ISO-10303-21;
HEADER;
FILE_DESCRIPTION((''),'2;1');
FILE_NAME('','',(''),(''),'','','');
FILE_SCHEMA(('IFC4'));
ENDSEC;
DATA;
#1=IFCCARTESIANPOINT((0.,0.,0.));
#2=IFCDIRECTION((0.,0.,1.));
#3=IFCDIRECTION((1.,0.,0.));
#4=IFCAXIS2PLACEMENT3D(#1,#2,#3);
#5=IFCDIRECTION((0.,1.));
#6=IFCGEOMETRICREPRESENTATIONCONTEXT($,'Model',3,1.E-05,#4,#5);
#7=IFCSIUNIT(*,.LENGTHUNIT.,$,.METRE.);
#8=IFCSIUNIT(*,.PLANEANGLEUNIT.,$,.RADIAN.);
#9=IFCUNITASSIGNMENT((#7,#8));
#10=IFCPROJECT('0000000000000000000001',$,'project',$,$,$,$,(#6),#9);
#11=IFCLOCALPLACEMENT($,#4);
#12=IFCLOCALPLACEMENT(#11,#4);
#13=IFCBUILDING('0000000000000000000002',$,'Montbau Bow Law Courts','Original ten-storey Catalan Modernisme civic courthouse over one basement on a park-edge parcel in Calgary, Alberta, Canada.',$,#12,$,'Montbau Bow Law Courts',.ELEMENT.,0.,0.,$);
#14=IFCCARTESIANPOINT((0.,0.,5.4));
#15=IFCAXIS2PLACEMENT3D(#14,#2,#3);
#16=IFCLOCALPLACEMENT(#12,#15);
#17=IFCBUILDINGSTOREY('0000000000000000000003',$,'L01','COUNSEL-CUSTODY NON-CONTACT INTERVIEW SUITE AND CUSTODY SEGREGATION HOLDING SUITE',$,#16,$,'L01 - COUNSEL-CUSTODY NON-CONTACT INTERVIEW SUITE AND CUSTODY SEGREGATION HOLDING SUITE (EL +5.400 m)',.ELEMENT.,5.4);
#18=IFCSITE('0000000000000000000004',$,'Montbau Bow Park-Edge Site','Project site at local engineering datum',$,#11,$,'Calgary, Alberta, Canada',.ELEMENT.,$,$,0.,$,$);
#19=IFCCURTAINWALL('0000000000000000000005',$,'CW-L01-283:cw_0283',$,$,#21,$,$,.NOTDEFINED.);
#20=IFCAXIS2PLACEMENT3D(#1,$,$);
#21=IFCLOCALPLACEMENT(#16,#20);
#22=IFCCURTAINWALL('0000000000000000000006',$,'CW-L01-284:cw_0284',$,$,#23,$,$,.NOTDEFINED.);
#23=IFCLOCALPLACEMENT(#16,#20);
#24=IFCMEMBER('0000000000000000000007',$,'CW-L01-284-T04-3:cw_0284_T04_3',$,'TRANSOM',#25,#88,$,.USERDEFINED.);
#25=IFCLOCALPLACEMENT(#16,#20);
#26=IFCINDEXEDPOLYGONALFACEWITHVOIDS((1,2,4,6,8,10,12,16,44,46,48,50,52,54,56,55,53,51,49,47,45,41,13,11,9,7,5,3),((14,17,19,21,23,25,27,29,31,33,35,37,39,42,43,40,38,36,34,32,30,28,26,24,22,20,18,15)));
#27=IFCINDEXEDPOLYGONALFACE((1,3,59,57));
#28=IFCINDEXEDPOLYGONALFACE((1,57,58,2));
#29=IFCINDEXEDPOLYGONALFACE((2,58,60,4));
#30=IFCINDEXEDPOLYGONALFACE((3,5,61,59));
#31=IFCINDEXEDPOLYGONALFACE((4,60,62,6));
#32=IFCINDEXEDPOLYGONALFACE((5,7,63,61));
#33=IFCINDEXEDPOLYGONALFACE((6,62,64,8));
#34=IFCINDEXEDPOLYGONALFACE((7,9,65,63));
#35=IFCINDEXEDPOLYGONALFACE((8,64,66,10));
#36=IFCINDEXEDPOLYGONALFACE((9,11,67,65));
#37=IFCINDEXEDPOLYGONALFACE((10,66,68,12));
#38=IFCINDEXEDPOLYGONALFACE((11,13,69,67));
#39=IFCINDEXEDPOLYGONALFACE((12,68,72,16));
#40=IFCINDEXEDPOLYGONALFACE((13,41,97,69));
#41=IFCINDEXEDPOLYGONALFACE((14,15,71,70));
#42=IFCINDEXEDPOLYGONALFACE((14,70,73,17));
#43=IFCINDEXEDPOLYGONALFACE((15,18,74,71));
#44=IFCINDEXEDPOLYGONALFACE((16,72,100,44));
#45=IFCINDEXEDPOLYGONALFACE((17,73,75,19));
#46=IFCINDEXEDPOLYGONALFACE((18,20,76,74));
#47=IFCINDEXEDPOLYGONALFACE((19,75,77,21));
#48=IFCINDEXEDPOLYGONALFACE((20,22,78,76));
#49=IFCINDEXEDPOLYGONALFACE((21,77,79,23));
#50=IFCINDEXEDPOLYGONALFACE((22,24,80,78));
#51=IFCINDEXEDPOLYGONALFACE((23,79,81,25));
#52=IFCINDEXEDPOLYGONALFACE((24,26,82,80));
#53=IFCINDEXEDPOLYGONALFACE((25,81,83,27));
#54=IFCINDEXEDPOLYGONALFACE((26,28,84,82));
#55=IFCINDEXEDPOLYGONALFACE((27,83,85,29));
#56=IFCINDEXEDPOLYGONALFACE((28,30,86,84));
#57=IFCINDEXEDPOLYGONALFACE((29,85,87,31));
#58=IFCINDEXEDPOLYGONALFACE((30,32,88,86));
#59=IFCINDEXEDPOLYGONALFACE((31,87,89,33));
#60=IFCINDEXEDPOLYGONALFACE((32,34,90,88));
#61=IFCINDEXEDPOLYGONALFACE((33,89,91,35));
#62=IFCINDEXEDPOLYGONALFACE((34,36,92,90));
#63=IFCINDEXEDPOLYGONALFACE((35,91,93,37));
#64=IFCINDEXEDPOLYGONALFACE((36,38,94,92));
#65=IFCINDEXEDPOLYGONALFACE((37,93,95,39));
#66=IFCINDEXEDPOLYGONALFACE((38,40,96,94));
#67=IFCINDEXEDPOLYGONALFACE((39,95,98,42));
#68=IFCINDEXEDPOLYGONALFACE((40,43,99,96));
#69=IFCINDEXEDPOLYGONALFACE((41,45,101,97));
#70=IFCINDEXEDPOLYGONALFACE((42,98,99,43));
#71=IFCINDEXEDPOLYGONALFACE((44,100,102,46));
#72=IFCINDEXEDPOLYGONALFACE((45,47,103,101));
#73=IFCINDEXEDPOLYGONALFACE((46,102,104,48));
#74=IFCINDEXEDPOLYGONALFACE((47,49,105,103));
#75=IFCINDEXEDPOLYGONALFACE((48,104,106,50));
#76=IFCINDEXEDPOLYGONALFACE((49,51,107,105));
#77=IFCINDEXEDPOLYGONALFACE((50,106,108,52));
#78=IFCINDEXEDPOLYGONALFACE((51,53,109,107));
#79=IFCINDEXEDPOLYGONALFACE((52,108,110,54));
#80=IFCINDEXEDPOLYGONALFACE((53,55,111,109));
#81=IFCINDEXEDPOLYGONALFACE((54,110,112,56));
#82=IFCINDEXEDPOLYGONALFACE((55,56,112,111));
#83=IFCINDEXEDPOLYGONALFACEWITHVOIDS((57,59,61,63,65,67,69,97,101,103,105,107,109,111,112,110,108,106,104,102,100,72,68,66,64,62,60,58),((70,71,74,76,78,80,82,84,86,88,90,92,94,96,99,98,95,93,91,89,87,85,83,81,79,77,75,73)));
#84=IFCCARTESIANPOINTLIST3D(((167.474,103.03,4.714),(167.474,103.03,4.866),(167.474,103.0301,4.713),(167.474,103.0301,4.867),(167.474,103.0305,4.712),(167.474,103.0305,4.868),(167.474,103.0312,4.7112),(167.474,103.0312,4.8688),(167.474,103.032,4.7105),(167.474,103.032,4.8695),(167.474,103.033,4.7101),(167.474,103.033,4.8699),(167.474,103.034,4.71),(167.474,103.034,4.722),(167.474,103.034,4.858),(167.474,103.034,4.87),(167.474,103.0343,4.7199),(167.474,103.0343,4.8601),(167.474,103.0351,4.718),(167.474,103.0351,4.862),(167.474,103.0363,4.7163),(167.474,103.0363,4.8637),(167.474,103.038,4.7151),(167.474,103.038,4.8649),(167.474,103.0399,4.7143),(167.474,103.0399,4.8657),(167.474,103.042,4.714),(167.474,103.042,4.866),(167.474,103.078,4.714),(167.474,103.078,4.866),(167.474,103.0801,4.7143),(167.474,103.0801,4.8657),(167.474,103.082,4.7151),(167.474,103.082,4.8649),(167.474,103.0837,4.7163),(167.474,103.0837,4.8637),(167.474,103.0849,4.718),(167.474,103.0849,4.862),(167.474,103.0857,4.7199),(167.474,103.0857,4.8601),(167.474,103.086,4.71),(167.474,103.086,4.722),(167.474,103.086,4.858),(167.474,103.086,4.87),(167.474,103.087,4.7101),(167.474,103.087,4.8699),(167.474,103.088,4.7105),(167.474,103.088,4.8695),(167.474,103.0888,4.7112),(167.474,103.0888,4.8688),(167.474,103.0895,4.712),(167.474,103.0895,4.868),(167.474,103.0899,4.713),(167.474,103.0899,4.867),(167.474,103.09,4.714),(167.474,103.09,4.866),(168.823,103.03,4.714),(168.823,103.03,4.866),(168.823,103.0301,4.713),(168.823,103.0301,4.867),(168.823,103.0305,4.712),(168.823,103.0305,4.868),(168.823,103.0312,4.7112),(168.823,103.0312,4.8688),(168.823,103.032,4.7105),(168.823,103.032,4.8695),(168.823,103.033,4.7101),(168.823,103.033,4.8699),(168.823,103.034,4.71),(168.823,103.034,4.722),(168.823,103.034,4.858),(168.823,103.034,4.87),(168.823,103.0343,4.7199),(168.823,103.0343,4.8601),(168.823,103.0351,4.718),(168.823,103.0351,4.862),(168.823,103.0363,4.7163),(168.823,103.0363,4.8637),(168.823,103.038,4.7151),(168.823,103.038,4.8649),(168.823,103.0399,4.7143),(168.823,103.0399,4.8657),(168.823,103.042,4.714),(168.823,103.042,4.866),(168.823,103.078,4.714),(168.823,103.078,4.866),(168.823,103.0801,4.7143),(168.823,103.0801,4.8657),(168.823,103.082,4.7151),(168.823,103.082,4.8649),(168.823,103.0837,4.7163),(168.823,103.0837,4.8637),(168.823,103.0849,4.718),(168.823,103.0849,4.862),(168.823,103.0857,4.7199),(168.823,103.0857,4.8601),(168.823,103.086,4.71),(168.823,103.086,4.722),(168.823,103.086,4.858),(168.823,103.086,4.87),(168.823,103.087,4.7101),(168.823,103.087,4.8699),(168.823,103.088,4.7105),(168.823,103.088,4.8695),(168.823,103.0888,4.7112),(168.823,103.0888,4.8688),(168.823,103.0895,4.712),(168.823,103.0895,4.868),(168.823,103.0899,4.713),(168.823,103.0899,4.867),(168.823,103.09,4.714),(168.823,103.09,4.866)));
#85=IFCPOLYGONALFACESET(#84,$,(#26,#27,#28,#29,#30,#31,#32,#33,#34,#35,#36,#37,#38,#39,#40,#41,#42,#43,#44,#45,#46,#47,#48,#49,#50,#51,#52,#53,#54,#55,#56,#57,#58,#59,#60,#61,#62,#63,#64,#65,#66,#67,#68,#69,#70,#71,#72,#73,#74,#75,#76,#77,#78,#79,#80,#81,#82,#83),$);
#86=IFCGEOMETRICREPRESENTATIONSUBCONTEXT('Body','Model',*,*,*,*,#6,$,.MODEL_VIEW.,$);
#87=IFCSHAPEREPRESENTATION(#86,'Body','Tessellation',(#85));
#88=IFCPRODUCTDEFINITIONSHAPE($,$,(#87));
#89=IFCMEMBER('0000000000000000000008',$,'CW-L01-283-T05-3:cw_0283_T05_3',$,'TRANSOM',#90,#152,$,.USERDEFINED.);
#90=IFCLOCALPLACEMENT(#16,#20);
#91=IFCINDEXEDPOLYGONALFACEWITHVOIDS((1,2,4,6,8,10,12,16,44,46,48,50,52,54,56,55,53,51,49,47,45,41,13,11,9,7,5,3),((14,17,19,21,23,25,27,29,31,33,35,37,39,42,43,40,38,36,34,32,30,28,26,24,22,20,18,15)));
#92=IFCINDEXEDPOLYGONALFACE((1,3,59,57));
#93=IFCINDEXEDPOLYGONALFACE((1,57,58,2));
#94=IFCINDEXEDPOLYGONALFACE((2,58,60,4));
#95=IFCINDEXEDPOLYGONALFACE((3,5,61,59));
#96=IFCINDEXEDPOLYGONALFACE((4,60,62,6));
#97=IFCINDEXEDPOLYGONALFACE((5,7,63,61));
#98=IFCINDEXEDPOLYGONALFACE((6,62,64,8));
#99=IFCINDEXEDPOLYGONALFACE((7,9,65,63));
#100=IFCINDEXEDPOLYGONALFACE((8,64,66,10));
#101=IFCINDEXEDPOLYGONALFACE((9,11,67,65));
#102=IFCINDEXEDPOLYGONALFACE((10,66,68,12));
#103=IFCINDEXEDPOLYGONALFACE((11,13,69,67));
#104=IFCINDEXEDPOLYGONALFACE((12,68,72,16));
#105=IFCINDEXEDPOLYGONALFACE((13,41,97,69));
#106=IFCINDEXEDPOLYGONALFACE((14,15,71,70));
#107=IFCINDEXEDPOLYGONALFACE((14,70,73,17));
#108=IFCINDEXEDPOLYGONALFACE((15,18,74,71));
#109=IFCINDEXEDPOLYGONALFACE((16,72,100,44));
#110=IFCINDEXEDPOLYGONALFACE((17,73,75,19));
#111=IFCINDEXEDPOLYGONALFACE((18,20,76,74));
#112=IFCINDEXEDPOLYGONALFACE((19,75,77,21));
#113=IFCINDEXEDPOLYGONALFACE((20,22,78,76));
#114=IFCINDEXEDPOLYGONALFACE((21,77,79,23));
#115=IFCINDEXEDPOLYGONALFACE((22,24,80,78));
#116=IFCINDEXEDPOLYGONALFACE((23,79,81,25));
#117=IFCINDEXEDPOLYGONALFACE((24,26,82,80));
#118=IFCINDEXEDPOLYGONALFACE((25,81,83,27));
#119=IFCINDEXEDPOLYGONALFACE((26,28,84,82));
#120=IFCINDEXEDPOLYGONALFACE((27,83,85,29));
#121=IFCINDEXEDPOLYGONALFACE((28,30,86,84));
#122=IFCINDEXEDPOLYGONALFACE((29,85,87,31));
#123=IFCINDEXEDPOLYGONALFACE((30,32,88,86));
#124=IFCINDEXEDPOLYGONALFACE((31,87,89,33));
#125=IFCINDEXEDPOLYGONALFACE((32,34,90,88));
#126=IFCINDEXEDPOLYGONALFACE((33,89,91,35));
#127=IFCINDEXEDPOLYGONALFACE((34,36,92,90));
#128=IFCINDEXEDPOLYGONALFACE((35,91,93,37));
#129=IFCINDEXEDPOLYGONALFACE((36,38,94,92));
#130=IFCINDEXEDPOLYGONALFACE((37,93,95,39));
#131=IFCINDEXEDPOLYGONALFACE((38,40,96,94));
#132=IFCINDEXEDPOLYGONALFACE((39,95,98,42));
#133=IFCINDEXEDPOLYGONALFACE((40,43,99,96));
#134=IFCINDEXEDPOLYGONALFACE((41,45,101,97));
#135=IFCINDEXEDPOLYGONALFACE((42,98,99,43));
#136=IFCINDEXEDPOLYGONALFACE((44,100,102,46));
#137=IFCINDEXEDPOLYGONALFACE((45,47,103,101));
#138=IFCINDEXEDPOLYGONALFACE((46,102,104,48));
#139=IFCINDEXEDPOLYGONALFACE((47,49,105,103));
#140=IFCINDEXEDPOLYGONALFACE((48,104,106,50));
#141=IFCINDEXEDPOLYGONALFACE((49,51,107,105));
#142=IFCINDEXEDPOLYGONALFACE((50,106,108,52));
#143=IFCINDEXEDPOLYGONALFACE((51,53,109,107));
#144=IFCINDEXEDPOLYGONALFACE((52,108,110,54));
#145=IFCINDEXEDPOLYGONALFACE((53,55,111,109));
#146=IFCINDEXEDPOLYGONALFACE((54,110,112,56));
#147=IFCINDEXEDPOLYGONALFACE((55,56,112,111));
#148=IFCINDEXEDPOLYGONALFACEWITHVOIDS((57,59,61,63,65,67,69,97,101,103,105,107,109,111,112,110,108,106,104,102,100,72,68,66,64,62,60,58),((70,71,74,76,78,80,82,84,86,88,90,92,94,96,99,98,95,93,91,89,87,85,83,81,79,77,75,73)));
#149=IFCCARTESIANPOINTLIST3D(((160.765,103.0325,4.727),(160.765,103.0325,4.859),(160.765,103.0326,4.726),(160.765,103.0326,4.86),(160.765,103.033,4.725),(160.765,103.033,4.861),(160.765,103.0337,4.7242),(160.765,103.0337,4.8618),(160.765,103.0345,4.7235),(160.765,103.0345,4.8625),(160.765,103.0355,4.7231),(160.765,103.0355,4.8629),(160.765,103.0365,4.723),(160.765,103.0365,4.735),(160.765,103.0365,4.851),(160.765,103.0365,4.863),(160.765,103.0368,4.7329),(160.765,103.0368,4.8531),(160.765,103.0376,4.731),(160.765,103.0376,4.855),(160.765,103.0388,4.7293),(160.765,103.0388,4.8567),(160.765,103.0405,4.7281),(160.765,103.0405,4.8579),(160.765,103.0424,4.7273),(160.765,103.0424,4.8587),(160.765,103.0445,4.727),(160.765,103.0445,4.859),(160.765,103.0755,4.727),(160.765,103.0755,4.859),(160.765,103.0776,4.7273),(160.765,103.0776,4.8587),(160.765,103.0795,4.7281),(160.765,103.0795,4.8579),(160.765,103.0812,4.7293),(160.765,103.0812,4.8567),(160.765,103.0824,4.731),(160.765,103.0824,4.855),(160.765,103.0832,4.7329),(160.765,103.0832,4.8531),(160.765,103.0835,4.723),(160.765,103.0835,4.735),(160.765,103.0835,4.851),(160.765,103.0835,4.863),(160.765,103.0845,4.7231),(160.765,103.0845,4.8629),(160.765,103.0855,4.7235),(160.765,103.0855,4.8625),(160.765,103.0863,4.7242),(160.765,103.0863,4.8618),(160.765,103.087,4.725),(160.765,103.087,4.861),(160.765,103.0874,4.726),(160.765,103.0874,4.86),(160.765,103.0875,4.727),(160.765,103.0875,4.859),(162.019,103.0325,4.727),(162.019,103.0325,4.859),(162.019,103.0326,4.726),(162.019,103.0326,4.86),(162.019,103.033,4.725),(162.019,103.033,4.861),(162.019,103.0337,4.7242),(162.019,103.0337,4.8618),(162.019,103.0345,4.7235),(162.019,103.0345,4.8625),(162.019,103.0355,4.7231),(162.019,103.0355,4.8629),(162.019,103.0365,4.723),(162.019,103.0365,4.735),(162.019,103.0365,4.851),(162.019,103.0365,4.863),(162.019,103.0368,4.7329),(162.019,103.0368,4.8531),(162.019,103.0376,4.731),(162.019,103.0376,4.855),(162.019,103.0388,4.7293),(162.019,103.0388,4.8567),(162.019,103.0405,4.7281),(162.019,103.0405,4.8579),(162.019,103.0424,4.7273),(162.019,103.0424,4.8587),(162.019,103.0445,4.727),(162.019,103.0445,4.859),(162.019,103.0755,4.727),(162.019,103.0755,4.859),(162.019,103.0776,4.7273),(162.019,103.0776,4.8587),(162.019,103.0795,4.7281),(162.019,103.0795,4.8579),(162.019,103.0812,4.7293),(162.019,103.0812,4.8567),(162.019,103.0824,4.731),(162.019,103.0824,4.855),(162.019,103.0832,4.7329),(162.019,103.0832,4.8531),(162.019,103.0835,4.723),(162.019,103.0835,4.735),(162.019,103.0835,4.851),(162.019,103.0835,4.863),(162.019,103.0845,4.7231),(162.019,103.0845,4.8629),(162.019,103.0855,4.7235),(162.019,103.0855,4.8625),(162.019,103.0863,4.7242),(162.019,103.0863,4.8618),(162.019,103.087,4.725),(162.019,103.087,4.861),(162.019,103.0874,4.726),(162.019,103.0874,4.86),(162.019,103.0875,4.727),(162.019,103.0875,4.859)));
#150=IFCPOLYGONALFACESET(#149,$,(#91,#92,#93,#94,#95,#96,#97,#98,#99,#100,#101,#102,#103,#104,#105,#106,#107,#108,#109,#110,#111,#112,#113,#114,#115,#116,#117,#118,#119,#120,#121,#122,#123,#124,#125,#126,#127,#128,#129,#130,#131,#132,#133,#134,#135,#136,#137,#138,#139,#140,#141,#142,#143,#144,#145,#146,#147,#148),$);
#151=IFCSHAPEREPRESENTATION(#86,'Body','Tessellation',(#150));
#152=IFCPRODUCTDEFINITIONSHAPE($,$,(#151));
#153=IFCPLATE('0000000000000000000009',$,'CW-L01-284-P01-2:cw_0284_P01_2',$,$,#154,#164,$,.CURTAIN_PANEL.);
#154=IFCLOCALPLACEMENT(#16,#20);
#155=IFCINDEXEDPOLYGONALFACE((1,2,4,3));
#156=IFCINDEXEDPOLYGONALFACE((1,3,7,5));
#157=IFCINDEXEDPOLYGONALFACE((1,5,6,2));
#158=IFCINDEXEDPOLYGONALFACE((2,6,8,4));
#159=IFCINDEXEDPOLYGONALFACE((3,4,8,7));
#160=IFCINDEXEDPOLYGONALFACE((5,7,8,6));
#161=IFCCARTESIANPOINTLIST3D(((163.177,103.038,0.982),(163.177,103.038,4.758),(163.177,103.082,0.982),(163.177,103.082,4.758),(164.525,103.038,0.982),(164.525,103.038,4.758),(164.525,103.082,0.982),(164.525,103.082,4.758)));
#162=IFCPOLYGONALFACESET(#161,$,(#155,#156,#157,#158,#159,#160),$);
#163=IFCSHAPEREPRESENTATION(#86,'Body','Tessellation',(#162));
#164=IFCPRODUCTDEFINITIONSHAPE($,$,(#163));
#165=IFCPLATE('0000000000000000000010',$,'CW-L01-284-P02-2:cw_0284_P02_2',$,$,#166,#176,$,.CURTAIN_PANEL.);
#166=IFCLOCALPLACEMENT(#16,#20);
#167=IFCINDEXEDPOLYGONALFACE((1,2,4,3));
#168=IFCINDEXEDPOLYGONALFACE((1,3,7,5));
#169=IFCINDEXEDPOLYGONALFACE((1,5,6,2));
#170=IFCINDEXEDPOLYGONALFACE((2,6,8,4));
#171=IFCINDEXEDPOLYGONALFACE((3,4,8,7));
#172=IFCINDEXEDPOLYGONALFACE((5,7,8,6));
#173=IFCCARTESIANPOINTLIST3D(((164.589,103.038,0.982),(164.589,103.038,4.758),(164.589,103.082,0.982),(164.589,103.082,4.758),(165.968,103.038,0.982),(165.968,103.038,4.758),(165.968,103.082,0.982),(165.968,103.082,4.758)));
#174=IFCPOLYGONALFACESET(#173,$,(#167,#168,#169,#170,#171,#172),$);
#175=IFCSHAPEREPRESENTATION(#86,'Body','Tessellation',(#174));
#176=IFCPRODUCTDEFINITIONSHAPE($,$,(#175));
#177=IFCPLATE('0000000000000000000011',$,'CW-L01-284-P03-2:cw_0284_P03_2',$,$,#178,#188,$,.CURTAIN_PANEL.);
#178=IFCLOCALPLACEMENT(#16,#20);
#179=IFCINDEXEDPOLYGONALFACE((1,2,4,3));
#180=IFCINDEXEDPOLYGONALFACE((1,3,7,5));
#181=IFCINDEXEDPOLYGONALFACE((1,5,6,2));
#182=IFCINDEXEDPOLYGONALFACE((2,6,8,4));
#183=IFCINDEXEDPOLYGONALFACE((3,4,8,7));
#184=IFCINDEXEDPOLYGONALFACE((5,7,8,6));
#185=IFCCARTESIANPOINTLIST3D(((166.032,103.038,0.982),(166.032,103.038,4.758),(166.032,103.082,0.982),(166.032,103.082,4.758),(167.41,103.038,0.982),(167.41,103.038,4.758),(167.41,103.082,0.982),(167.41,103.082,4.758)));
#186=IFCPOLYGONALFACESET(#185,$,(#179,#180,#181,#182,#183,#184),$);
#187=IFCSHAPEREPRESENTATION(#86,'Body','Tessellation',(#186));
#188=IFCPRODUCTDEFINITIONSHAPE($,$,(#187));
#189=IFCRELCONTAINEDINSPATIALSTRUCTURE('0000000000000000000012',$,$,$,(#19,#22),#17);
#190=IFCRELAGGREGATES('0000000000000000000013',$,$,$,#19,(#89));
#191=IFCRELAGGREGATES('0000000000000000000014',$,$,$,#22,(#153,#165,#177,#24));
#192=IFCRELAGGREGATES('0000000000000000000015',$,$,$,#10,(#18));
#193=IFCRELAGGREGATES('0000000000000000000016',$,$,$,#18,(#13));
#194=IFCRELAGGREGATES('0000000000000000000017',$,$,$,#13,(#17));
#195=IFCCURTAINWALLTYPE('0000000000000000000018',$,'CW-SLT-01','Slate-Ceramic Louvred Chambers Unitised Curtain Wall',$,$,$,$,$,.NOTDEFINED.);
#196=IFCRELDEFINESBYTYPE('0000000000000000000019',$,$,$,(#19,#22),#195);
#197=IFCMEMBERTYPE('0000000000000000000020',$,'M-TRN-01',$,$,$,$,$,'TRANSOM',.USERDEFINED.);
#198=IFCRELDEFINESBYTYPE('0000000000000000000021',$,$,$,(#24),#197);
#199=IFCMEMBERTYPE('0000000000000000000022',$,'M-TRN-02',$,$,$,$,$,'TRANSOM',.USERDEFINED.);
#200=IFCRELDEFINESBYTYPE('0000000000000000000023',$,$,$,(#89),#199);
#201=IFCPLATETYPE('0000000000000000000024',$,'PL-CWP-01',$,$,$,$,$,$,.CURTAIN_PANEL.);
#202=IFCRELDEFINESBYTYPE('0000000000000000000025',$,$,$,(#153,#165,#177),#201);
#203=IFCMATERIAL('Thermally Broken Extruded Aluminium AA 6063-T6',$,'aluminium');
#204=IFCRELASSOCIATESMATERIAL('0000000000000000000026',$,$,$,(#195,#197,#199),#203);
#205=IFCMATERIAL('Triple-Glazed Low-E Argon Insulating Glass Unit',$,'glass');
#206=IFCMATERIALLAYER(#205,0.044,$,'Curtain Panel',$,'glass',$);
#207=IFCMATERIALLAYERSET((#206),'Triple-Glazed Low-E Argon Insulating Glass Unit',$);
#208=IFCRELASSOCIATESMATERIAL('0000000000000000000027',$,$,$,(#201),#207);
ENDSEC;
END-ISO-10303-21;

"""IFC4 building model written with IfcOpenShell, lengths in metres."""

from ifc_helpers import new_model, si_unit, direction, frame, frame_2d, origin_with_axes, origin_2d_with_axis, place, context, subcontext, project, spatial, rectangle, hollow_rectangle, extrude, material, layer, layer_set, material_profile, profile_set, type_object, element, aggregate, save


model = new_model("IFC4")

# Units and contexts
model_context = context("Model", 3, precision=1e-05, world=origin_with_axes(), true_north=direction((0.0, 1.0)))
body_context = subcontext(model_context, "Body", "Model", "MODEL_VIEW")
ifc_project = project(units=[si_unit("LENGTHUNIT", "METRE"), si_unit("PLANEANGLEUNIT", "RADIAN")], contexts=[model_context])

# Site, building, storey
site_placement = place(None, origin_with_axes())
site = spatial("IfcSite", under=ifc_project, at=site_placement, Name="Montbau Bow Park-Edge Site", Description="Project site at local engineering datum", LongName="Calgary, Alberta, Canada", CompositionType="ELEMENT", RefElevation=0.0)
building_placement = place(site_placement, origin_with_axes())
building = spatial("IfcBuilding", under=site, at=building_placement, Name="Montbau Bow Law Courts", Description="Original ten-storey Catalan Modernisme civic courthouse over one basement on a park-edge parcel in Calgary, Alberta, Canada.", LongName="Montbau Bow Law Courts", CompositionType="ELEMENT", ElevationOfRefHeight=0.0, ElevationOfTerrain=0.0)
storey_placement = place(building_placement, frame((0.0, 0.0, 5.4), z_axis=(0.0, 0.0, 1.0), x_axis=(1.0, 0.0, 0.0)))
storey = spatial("IfcBuildingStorey", under=building, at=storey_placement, Name="L01", Description="COUNSEL-CUSTODY NON-CONTACT INTERVIEW SUITE AND CUSTODY SEGREGATION HOLDING SUITE", LongName="L01 - COUNSEL-CUSTODY NON-CONTACT INTERVIEW SUITE AND CUSTODY SEGREGATION HOLDING SUITE (EL +5.400 m)", CompositionType="ELEMENT", Elevation=5.4)

# Curtain wall
ifc_material_1 = material(Name="Thermally Broken Extruded Aluminium AA 6063-T6", Category="aluminium")
curtain_wall_type = type_object("IfcCurtainWallType", Name="CW-SLT-01", Description="Slate-Ceramic Louvred Chambers Unitised Curtain Wall", PredefinedType="NOTDEFINED", material=ifc_material_1)
curtain_wall_1_placement = place(None, frame((155.315, 103.06, 5.4), z_axis=(0.0, 0.0, 1.0), x_axis=(1.0, 0.0, 0.0)))
curtain_wall_1 = element("IfcCurtainWall", 1, at=curtain_wall_1_placement, inside=storey, type_object=curtain_wall_type, Name="CW-L01-283:cw_0283", PredefinedType="NOTDEFINED")

# Curtain wall, member
curtain_wall_2_placement = place(None, frame((163.115, 103.06, 5.4), z_axis=(0.0, 0.0, 1.0), x_axis=(1.0, 0.0, 0.0)))
curtain_wall_2 = element("IfcCurtainWall", 2, at=curtain_wall_2_placement, inside=storey, type_object=curtain_wall_type, Name="CW-L01-284:cw_0284", PredefinedType="NOTDEFINED")
ifc_material_profile_1 = material_profile(ifc_material_1, hollow_rectangle(XDim=0.06, YDim=0.16, WallThickness=0.004, InnerFilletRadius=0.008, OuterFilletRadius=0.004, at=origin_2d_with_axis()), Name="CWT-160X60", Category="Main", Priority=0)
ifc_profile_set_1 = profile_set([ifc_material_profile_1], Name="Thermally Broken Extruded Aluminium AA 6063-T6")
member_type_1 = type_object("IfcMemberType", Name="M-TRN-01", ElementType="TRANSOM", PredefinedType="USERDEFINED", material=ifc_profile_set_1)
member_1_placement = place(None, frame((167.474, 103.06, 10.19), z_axis=(1.0, 0.0, 0.0), x_axis=(0.0, 1.0, 0.0)))
member_1 = element("IfcMember", 3, at=member_1_placement, type_object=member_type_1, Name="CW-L01-284-T04-3:cw_0284_T04_3", ObjectType="TRANSOM", PredefinedType="USERDEFINED", context=body_context, shape_type="SweptSolid", body=[
    extrude(hollow_rectangle(XDim=0.06, YDim=0.16, WallThickness=0.004, InnerFilletRadius=0.008, OuterFilletRadius=0.004, at=origin_2d_with_axis()), origin_with_axes(), (0.0, 0.0, 1.0), 1.349),
])

# Member
ifc_material_profile_2 = material_profile(ifc_material_1, hollow_rectangle(XDim=0.055, YDim=0.14, WallThickness=0.004, InnerFilletRadius=0.008, OuterFilletRadius=0.004, at=origin_2d_with_axis()), Name="CWT-140X55", Category="Main", Priority=0)
ifc_profile_set_2 = profile_set([ifc_material_profile_2], Name="Thermally Broken Extruded Aluminium AA 6063-T6")
member_type_2 = type_object("IfcMemberType", Name="M-TRN-02", ElementType="TRANSOM", PredefinedType="USERDEFINED", material=ifc_profile_set_2)
member_2_placement = place(None, frame((160.765, 103.06, 10.193), z_axis=(1.0, 0.0, 0.0), x_axis=(0.0, 1.0, 0.0)))
member_2 = element("IfcMember", 4, at=member_2_placement, type_object=member_type_2, Name="CW-L01-283-T05-3:cw_0283_T05_3", ObjectType="TRANSOM", PredefinedType="USERDEFINED", context=body_context, shape_type="SweptSolid", body=[
    extrude(hollow_rectangle(XDim=0.055, YDim=0.14, WallThickness=0.004, InnerFilletRadius=0.008, OuterFilletRadius=0.004, at=origin_2d_with_axis()), origin_with_axes(), (0.0, 0.0, 1.0), 1.254),
])
aggregate(curtain_wall_1, [member_2])

# Plates
ifc_material_2 = material(Name="Triple-Glazed Low-E Argon Insulating Glass Unit", Category="glass")
ifc_layer_1 = layer(ifc_material_2, 0.044, Name="Curtain Panel", Category="glass")
ifc_layer_set_1 = layer_set([ifc_layer_1], Name="Triple-Glazed Low-E Argon Insulating Glass Unit")
plate_type_1 = type_object("IfcPlateType", Name="PL-CWP-01", PredefinedType="CURTAIN_PANEL", material=ifc_layer_set_1)
plate_1_placement = place(None, frame((163.177, 103.06, 6.382), z_axis=(0.0, -1.0, 0.0), x_axis=(1.0, 0.0, 0.0)))
plate_1 = element("IfcPlate", 5, at=plate_1_placement, type_object=plate_type_1, Name="CW-L01-284-P01-2:cw_0284_P01_2", PredefinedType="CURTAIN_PANEL", context=body_context, shape_type="SweptSolid", body=[
    extrude(rectangle(XDim=1.348, YDim=3.776, at=frame_2d((0.674, 1.888), x_axis=(1.0, 0.0))), frame((0.0, 0.0, -0.022), z_axis=(0.0, 0.0, 1.0), x_axis=(1.0, 0.0, 0.0)), (0.0, 0.0, 1.0), 0.044),
])
plate_2_placement = place(None, frame((164.589, 103.06, 6.382), z_axis=(0.0, -1.0, 0.0), x_axis=(1.0, 0.0, 0.0)))
plate_2 = element("IfcPlate", 6, at=plate_2_placement, type_object=plate_type_1, Name="CW-L01-284-P02-2:cw_0284_P02_2", PredefinedType="CURTAIN_PANEL", context=body_context, shape_type="SweptSolid", body=[
    extrude(rectangle(XDim=1.379, YDim=3.776, at=frame_2d((0.6895, 1.888), x_axis=(1.0, 0.0))), frame((0.0, 0.0, -0.022), z_axis=(0.0, 0.0, 1.0), x_axis=(1.0, 0.0, 0.0)), (0.0, 0.0, 1.0), 0.044),
])
plate_3_placement = place(None, frame((166.032, 103.06, 6.382), z_axis=(0.0, -1.0, 0.0), x_axis=(1.0, 0.0, 0.0)))
plate_3 = element("IfcPlate", 7, at=plate_3_placement, type_object=plate_type_1, Name="CW-L01-284-P03-2:cw_0284_P03_2", PredefinedType="CURTAIN_PANEL", context=body_context, shape_type="SweptSolid", body=[
    extrude(rectangle(XDim=1.378, YDim=3.776, at=frame_2d((0.689, 1.888), x_axis=(1.0, 0.0))), frame((0.0, 0.0, -0.022), z_axis=(0.0, 0.0, 1.0), x_axis=(1.0, 0.0, 0.0)), (0.0, 0.0, 1.0), 0.044),
])
aggregate(curtain_wall_2, [plate_1, plate_2, plate_3, member_1])

save(model, "model.ifc")
